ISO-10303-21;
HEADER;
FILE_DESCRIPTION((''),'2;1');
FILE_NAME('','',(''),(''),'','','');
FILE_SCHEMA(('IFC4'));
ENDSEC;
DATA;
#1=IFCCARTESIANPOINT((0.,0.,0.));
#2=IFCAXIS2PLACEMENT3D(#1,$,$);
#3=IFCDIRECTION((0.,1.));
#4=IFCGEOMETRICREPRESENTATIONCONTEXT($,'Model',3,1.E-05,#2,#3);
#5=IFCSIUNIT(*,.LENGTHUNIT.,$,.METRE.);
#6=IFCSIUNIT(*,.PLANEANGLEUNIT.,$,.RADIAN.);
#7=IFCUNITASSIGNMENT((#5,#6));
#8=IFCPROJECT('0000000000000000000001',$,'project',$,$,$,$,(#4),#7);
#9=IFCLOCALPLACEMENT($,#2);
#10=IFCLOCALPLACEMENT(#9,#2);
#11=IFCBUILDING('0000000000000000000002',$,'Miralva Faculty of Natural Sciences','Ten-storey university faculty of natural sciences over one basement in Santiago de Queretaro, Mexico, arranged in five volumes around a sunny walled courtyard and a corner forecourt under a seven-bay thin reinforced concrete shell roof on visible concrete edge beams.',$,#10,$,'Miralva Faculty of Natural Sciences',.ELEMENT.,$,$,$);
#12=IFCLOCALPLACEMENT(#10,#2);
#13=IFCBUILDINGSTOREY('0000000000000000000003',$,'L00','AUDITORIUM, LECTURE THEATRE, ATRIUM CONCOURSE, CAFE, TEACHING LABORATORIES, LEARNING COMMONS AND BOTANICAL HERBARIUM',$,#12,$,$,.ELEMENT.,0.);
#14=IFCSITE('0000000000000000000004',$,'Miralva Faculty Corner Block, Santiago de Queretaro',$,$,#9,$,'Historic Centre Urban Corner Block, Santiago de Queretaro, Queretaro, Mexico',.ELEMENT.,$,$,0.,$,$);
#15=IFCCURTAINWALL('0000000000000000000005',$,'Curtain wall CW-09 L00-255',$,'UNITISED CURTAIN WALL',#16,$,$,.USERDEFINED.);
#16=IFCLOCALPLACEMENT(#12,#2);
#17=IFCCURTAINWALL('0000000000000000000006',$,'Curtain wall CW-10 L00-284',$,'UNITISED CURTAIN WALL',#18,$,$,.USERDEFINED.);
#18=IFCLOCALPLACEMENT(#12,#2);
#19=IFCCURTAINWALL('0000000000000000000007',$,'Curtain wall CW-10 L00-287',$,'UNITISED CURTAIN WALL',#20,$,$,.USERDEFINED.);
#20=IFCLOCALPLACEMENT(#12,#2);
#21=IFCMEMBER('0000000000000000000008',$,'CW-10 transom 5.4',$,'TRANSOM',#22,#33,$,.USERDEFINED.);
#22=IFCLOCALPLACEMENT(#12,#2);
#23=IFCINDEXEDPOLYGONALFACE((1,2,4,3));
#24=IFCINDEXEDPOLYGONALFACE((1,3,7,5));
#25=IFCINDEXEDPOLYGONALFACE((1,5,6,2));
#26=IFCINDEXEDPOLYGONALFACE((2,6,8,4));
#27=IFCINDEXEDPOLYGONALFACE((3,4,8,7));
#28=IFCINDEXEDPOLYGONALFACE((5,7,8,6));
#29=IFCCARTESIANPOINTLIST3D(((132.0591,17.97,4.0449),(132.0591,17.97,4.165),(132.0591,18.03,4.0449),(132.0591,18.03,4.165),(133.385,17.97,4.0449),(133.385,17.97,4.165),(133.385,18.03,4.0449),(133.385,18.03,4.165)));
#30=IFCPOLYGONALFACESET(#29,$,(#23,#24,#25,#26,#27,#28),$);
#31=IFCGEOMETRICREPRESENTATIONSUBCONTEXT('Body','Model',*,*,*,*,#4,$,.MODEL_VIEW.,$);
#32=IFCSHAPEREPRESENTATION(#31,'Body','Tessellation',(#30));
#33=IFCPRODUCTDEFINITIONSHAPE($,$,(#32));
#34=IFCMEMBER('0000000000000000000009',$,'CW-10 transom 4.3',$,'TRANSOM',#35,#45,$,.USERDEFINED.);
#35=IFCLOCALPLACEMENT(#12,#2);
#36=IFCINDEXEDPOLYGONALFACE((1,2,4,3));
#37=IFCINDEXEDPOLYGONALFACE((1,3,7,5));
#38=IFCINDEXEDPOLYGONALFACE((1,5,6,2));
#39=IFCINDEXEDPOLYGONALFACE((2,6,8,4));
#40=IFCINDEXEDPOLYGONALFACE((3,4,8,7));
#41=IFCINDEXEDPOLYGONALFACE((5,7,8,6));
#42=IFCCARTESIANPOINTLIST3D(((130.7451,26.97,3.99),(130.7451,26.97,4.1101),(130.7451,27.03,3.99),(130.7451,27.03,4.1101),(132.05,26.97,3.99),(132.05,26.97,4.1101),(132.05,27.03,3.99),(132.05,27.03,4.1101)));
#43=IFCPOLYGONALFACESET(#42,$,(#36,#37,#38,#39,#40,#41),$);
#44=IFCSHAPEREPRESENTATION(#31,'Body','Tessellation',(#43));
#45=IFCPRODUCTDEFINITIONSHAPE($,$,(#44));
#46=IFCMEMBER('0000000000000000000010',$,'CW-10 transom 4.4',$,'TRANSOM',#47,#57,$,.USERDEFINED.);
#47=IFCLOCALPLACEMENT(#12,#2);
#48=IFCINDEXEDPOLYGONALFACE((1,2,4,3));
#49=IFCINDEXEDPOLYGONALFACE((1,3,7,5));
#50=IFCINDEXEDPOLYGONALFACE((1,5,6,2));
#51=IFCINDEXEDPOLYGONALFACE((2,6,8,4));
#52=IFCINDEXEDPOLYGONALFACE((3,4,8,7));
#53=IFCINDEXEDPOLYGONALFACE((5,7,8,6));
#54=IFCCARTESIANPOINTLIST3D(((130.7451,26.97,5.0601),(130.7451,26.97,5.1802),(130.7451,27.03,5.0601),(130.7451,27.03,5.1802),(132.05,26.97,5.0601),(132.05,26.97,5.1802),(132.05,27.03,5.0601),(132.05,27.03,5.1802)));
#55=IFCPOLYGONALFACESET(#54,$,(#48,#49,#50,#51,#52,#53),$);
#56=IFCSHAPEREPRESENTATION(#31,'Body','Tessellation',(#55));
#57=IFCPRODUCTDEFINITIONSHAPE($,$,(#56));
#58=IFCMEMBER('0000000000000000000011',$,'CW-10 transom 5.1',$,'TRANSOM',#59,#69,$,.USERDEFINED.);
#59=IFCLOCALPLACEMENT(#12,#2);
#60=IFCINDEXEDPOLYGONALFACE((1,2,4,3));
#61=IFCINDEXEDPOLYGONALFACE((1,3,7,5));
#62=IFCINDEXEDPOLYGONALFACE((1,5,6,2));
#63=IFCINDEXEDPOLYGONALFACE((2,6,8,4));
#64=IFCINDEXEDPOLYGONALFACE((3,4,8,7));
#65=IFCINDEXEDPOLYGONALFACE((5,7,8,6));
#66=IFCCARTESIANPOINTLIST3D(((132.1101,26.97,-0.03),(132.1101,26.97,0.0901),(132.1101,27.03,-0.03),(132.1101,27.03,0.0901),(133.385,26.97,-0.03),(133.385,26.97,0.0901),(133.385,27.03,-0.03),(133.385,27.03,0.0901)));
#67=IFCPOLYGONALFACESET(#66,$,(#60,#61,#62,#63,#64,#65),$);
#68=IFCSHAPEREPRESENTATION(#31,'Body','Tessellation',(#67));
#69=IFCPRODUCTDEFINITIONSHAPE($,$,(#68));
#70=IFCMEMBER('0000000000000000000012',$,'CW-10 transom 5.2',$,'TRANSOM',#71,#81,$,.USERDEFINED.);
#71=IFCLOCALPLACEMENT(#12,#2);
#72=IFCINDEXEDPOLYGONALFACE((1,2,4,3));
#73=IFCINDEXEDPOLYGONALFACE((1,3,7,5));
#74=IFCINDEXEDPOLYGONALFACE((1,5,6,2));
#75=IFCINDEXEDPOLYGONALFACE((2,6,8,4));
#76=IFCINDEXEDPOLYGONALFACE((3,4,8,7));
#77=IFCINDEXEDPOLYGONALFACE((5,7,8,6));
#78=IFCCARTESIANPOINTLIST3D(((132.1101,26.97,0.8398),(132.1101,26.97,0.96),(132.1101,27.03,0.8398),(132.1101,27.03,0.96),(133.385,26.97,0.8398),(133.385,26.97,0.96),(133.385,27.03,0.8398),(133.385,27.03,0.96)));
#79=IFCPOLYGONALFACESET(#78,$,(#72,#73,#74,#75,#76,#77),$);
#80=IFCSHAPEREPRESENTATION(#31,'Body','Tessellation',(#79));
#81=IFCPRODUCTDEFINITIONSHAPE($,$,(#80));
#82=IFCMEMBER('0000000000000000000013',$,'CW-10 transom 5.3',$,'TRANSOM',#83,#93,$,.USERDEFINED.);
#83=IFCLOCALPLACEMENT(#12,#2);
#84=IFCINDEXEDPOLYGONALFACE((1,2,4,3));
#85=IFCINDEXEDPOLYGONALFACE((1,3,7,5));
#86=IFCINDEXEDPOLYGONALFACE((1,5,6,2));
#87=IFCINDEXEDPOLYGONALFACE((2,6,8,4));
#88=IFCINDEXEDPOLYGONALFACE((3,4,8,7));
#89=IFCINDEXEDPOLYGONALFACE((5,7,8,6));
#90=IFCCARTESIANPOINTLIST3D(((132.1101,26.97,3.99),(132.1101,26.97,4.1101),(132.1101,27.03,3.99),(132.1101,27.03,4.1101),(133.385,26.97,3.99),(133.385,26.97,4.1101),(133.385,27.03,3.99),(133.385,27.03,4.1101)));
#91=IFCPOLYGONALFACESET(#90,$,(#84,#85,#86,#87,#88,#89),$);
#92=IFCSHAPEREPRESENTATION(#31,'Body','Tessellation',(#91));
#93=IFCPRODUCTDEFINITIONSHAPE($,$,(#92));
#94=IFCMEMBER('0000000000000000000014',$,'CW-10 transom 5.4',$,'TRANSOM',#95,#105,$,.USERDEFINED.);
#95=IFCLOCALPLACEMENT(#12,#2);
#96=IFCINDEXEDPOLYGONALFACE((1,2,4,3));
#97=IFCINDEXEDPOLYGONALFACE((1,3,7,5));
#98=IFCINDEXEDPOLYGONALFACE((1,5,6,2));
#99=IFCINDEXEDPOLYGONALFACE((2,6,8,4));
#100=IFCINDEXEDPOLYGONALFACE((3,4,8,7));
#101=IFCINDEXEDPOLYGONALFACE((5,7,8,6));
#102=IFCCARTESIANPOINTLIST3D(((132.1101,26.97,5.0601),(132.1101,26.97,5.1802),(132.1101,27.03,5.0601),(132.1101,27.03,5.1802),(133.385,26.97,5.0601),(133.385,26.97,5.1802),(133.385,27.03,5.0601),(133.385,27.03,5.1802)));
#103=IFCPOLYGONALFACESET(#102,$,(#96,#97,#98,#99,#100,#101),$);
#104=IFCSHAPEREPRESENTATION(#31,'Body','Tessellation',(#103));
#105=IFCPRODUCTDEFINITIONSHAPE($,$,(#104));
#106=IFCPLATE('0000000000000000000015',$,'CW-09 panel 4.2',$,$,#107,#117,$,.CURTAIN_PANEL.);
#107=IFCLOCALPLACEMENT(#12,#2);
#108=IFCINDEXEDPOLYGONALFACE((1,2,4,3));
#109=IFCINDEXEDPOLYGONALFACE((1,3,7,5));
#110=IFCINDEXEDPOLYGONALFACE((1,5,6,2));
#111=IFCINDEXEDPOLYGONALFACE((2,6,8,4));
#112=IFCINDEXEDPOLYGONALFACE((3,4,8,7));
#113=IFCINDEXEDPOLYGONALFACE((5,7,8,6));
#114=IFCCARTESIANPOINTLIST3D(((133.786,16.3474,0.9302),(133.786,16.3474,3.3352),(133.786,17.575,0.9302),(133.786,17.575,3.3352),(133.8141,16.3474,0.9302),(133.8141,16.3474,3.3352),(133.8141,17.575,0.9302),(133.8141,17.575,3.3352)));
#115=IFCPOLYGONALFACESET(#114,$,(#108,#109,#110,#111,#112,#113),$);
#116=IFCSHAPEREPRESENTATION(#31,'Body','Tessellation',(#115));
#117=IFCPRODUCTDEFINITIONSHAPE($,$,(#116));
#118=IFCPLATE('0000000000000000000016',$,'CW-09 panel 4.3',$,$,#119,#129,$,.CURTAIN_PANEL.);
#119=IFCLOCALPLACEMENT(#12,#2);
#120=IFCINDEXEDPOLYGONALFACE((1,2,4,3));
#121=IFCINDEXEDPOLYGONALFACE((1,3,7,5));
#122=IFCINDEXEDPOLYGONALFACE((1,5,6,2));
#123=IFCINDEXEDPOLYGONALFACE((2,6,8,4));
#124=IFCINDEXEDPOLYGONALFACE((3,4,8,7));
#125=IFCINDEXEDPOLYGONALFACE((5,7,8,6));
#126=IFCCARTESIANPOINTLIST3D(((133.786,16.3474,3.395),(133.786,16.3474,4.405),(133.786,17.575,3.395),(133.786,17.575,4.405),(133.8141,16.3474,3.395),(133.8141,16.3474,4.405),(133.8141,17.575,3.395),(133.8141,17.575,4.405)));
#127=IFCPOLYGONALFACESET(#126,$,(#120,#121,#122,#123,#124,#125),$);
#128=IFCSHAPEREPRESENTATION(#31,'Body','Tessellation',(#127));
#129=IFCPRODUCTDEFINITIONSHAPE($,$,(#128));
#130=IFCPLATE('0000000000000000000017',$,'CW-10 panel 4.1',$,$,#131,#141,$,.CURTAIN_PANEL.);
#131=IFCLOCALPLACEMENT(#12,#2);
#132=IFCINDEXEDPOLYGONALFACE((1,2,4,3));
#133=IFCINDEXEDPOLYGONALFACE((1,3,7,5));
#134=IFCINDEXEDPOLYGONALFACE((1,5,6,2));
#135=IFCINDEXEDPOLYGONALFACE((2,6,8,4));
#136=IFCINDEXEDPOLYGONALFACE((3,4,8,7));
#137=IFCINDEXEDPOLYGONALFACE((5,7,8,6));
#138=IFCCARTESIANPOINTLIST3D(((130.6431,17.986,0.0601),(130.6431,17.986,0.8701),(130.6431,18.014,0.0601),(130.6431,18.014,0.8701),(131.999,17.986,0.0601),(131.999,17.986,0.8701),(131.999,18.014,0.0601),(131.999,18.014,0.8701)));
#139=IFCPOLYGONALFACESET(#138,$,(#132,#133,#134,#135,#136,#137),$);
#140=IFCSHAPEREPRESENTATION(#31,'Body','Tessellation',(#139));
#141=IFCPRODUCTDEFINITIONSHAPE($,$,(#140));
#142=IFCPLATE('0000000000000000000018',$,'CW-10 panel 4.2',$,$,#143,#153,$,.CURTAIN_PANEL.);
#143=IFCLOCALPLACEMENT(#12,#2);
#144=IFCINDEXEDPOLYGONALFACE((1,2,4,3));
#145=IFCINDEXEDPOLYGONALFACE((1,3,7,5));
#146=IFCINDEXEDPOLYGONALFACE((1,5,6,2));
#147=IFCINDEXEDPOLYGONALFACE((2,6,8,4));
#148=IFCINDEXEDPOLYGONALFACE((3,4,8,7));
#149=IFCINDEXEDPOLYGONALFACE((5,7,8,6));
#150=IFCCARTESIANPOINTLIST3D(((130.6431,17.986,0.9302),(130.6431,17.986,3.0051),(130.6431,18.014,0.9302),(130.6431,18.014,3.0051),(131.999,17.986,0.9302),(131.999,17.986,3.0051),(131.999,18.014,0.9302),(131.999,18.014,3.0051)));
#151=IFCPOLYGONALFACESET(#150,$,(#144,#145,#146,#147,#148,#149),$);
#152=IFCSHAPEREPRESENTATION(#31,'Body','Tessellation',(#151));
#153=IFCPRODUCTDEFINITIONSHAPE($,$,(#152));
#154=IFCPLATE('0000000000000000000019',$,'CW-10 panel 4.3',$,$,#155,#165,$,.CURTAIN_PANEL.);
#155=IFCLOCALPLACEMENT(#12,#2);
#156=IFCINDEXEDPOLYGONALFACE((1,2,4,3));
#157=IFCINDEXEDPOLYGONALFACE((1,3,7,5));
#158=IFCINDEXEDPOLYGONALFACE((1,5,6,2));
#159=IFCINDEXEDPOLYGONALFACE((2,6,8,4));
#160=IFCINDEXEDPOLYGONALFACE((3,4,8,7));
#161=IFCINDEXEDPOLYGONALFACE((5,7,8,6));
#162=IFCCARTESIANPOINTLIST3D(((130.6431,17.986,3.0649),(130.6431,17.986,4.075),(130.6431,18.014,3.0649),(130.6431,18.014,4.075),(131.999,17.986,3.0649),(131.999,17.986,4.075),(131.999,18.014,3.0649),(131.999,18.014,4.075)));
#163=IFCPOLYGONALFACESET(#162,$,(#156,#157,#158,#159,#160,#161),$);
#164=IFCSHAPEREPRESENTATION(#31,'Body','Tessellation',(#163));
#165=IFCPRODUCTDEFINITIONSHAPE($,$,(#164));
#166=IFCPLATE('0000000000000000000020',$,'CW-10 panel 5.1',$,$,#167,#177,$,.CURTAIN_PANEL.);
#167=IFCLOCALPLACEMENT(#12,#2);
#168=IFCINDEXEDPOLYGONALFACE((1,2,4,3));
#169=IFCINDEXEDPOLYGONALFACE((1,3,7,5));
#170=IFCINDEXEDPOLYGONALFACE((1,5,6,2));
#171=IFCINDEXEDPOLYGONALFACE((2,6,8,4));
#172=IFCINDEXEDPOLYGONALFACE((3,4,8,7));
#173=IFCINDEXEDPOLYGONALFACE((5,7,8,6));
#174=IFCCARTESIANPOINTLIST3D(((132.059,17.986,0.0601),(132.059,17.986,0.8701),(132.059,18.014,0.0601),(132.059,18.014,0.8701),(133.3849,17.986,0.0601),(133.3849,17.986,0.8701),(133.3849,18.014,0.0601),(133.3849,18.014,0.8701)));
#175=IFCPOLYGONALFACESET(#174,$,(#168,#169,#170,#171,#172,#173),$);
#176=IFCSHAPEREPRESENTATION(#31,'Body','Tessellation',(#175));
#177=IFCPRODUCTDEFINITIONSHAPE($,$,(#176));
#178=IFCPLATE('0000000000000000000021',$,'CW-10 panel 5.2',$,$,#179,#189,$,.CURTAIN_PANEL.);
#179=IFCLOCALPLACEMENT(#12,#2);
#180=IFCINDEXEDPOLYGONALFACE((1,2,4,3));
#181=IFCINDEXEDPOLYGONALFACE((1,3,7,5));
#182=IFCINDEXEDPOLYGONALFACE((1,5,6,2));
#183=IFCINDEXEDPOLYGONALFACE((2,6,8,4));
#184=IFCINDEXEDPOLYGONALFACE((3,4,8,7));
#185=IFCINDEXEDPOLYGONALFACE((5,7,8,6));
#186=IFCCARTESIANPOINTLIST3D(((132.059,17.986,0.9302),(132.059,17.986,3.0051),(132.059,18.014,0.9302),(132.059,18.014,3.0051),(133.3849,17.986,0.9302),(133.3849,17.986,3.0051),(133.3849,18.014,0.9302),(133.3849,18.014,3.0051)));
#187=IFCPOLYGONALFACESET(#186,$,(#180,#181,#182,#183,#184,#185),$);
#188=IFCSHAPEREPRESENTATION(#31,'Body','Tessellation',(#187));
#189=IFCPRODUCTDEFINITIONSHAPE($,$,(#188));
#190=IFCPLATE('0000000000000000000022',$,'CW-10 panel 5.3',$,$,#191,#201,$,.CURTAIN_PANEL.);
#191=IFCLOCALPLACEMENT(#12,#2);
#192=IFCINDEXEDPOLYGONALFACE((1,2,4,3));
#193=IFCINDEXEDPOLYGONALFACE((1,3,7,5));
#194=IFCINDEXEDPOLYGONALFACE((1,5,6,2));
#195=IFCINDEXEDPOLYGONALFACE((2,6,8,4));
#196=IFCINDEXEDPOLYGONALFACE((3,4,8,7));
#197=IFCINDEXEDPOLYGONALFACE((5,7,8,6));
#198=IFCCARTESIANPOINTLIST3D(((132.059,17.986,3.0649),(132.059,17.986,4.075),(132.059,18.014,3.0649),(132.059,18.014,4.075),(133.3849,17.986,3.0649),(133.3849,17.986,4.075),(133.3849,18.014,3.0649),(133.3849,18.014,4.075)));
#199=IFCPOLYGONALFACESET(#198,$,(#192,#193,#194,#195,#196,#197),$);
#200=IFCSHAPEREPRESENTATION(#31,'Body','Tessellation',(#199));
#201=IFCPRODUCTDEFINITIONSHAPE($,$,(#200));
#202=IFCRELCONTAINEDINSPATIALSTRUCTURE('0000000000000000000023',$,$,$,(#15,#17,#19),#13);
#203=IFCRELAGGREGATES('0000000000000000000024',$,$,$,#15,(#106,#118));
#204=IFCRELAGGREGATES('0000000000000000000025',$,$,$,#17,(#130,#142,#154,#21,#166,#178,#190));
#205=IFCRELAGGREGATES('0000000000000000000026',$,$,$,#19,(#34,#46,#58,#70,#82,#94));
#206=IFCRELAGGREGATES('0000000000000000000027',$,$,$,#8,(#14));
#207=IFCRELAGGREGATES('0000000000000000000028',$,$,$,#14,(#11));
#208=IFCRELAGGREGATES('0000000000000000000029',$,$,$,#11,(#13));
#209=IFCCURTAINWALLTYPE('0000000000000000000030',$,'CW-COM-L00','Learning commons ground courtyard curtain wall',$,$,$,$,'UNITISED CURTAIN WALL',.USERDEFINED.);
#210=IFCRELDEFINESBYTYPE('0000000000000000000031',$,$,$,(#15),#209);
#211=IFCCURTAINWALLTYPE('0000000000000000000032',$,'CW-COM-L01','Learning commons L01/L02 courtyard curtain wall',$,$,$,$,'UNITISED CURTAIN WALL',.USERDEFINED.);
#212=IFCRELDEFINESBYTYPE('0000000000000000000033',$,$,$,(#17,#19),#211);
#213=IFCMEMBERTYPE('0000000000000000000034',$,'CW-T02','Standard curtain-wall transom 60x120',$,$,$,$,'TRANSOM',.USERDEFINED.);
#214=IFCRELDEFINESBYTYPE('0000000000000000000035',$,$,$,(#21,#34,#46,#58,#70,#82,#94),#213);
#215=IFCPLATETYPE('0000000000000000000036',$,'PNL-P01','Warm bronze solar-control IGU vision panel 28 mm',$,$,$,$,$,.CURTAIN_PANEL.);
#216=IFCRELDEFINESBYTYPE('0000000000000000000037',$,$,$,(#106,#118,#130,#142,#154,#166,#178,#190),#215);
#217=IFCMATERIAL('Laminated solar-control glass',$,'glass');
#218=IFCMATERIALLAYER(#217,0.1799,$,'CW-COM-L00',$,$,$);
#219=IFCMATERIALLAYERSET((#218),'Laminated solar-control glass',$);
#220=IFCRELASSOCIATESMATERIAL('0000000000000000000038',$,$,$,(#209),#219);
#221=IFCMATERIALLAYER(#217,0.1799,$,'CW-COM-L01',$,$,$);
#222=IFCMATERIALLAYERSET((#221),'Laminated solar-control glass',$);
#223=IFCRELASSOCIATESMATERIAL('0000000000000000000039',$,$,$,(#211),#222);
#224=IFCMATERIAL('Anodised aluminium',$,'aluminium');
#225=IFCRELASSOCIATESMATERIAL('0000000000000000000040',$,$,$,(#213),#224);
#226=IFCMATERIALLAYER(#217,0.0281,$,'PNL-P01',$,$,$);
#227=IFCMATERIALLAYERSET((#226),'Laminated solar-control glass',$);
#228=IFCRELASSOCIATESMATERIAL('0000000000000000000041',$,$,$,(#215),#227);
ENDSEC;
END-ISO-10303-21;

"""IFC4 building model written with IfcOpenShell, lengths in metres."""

from ifc_helpers import new_model, si_unit, direction, frame, origin, origin_2d, place, context, subcontext, project, spatial, rectangle, extrude, material, layer, layer_set, material_profile, profile_set, type_object, element, aggregate, save


model = new_model("IFC4")

# Units and contexts
model_context = context("Model", 3, precision=1e-05, world=origin(), true_north=direction((0.0, 1.0)))
body_context = subcontext(model_context, "Body", "Model", "MODEL_VIEW")
ifc_project = project(units=[si_unit("LENGTHUNIT", "METRE"), si_unit("PLANEANGLEUNIT", "RADIAN")], contexts=[model_context])

# Site, building, storey
site_placement = place(None, origin())
site = spatial("IfcSite", under=ifc_project, at=site_placement, Name="Miralva Faculty Corner Block, Santiago de Queretaro", LongName="Historic Centre Urban Corner Block, Santiago de Queretaro, Queretaro, Mexico", CompositionType="ELEMENT", RefElevation=0.0)
building_placement = place(site_placement, origin())
building = spatial("IfcBuilding", under=site, at=building_placement, Name="Miralva Faculty of Natural Sciences", Description="Ten-storey university faculty of natural sciences over one basement in Santiago de Queretaro, Mexico, arranged in five volumes around a sunny walled courtyard and a corner forecourt under a seven-bay thin reinforced concrete shell roof on visible concrete edge beams.", LongName="Miralva Faculty of Natural Sciences", CompositionType="ELEMENT")
storey_placement = place(building_placement, origin())
storey = spatial("IfcBuildingStorey", under=building, at=storey_placement, Name="L00", Description="AUDITORIUM, LECTURE THEATRE, ATRIUM CONCOURSE, CAFE, TEACHING LABORATORIES, LEARNING COMMONS AND BOTANICAL HERBARIUM", CompositionType="ELEMENT", Elevation=0.0)

# Curtain wall
ifc_material_1 = material(Name="Laminated solar-control glass", Category="glass")
ifc_layer_1 = layer(ifc_material_1, 0.1799, Name="CW-COM-L00")
ifc_layer_set_1 = layer_set([ifc_layer_1], Name="Laminated solar-control glass")
curtain_wall_type_1 = type_object("IfcCurtainWallType", Name="CW-COM-L00", Description="Learning commons ground courtyard curtain wall", ElementType="UNITISED CURTAIN WALL", PredefinedType="USERDEFINED", material=ifc_layer_set_1)
curtain_wall_1_placement = place(storey_placement, origin())
curtain_wall_1 = element("IfcCurtainWall", 1, at=curtain_wall_1_placement, inside=storey, type_object=curtain_wall_type_1, Name="Curtain wall CW-09 L00-255", ObjectType="UNITISED CURTAIN WALL", PredefinedType="USERDEFINED")
ifc_material_2 = material(Name="Anodised aluminium", Category="aluminium")

# Curtain walls
ifc_layer_2 = layer(ifc_material_1, 0.1799, Name="CW-COM-L01")
ifc_layer_set_2 = layer_set([ifc_layer_2], Name="Laminated solar-control glass")
curtain_wall_type_2 = type_object("IfcCurtainWallType", Name="CW-COM-L01", Description="Learning commons L01/L02 courtyard curtain wall", ElementType="UNITISED CURTAIN WALL", PredefinedType="USERDEFINED", material=ifc_layer_set_2)
curtain_wall_2_placement = place(storey_placement, origin())
curtain_wall_2 = element("IfcCurtainWall", 2, at=curtain_wall_2_placement, inside=storey, type_object=curtain_wall_type_2, Name="Curtain wall CW-10 L00-284", ObjectType="UNITISED CURTAIN WALL", PredefinedType="USERDEFINED")
curtain_wall_3_placement = place(storey_placement, origin())
curtain_wall_3 = element("IfcCurtainWall", 3, at=curtain_wall_3_placement, inside=storey, type_object=curtain_wall_type_2, Name="Curtain wall CW-10 L00-287", ObjectType="UNITISED CURTAIN WALL", PredefinedType="USERDEFINED")

# Members
ifc_material_profile_1 = material_profile(ifc_material_2, rectangle(XDim=0.0601, YDim=0.1201, at=origin_2d()), Name="TRANSOM 60x120")
ifc_profile_set_1 = profile_set([ifc_material_profile_1], Name="Anodised aluminium")
member_type_1 = type_object("IfcMemberType", Name="CW-T02", Description="Standard curtain-wall transom 60x120", ElementType="TRANSOM", PredefinedType="USERDEFINED", material=ifc_profile_set_1)
member_1_placement = place(storey_placement, frame((132.0591, 18.0, 4.105), z_axis=(1.0, 0.0, 0.0), x_axis=(0.0, 1.0, 0.0)))
member_1 = element("IfcMember", 4, at=member_1_placement, type_object=member_type_1, Name="CW-10 transom 5.4", ObjectType="TRANSOM", PredefinedType="USERDEFINED", context=body_context, shape_type="SweptSolid", body=[
    extrude(rectangle(XDim=0.0601, YDim=0.1201, at=origin_2d()), origin(), (0.0, 0.0, 1.0), 1.3259),
])
member_2_placement = place(storey_placement, frame((130.7451, 27.0, 4.05), z_axis=(1.0, 0.0, 0.0), x_axis=(0.0, 1.0, 0.0)))
member_2 = element("IfcMember", 5, at=member_2_placement, type_object=member_type_1, Name="CW-10 transom 4.3", ObjectType="TRANSOM", PredefinedType="USERDEFINED", context=body_context, shape_type="SweptSolid", body=[
    extrude(rectangle(XDim=0.0601, YDim=0.1201, at=origin_2d()), origin(), (0.0, 0.0, 1.0), 1.3049),
])
member_3_placement = place(storey_placement, frame((130.7451, 27.0, 5.1201), z_axis=(1.0, 0.0, 0.0), x_axis=(0.0, 1.0, 0.0)))
member_3 = element("IfcMember", 6, at=member_3_placement, type_object=member_type_1, Name="CW-10 transom 4.4", ObjectType="TRANSOM", PredefinedType="USERDEFINED", context=body_context, shape_type="SweptSolid", body=[
    extrude(rectangle(XDim=0.0601, YDim=0.1201, at=origin_2d()), origin(), (0.0, 0.0, 1.0), 1.3049),
])
member_4_placement = place(storey_placement, frame((132.1101, 27.0, 0.03), z_axis=(1.0, 0.0, 0.0), x_axis=(0.0, 1.0, 0.0)))
member_4 = element("IfcMember", 7, at=member_4_placement, type_object=member_type_1, Name="CW-10 transom 5.1", ObjectType="TRANSOM", PredefinedType="USERDEFINED", context=body_context, shape_type="SweptSolid", body=[
    extrude(rectangle(XDim=0.0601, YDim=0.1201, at=origin_2d()), origin(), (0.0, 0.0, 1.0), 1.2749),
])
member_5_placement = place(storey_placement, frame((132.1101, 27.0, 0.8999), z_axis=(1.0, 0.0, 0.0), x_axis=(0.0, 1.0, 0.0)))
member_5 = element("IfcMember", 8, at=member_5_placement, type_object=member_type_1, Name="CW-10 transom 5.2", ObjectType="TRANSOM", PredefinedType="USERDEFINED", context=body_context, shape_type="SweptSolid", body=[
    extrude(rectangle(XDim=0.0601, YDim=0.1201, at=origin_2d()), origin(), (0.0, 0.0, 1.0), 1.2749),
])
member_6_placement = place(storey_placement, frame((132.1101, 27.0, 4.05), z_axis=(1.0, 0.0, 0.0), x_axis=(0.0, 1.0, 0.0)))
member_6 = element("IfcMember", 9, at=member_6_placement, type_object=member_type_1, Name="CW-10 transom 5.3", ObjectType="TRANSOM", PredefinedType="USERDEFINED", context=body_context, shape_type="SweptSolid", body=[
    extrude(rectangle(XDim=0.0601, YDim=0.1201, at=origin_2d()), origin(), (0.0, 0.0, 1.0), 1.2749),
])
member_7_placement = place(storey_placement, frame((132.1101, 27.0, 5.1201), z_axis=(1.0, 0.0, 0.0), x_axis=(0.0, 1.0, 0.0)))
member_7 = element("IfcMember", 10, at=member_7_placement, type_object=member_type_1, Name="CW-10 transom 5.4", ObjectType="TRANSOM", PredefinedType="USERDEFINED", context=body_context, shape_type="SweptSolid", body=[
    extrude(rectangle(XDim=0.0601, YDim=0.1201, at=origin_2d()), origin(), (0.0, 0.0, 1.0), 1.2749),
])

# Plates
ifc_layer_3 = layer(ifc_material_1, 0.0281, Name="PNL-P01")
ifc_layer_set_3 = layer_set([ifc_layer_3], Name="Laminated solar-control glass")
plate_type = type_object("IfcPlateType", Name="PNL-P01", Description="Warm bronze solar-control IGU vision panel 28 mm", PredefinedType="CURTAIN_PANEL", material=ifc_layer_set_3)
plate_1_placement = place(storey_placement, frame((133.8, 16.9612, 0.9302), z_axis=(0.0, 0.0, 1.0), x_axis=(0.0, 1.0, 0.0)))
plate_1 = element("IfcPlate", 11, at=plate_1_placement, type_object=plate_type, Name="CW-09 panel 4.2", PredefinedType="CURTAIN_PANEL", context=body_context, shape_type="SweptSolid", body=[
    extrude(rectangle(XDim=1.2275, YDim=0.0281, at=origin_2d()), origin(), (0.0, 0.0, 1.0), 2.405),
])
plate_2_placement = place(storey_placement, frame((133.8, 16.9612, 3.395), z_axis=(0.0, 0.0, 1.0), x_axis=(0.0, 1.0, 0.0)))
plate_2 = element("IfcPlate", 12, at=plate_2_placement, type_object=plate_type, Name="CW-09 panel 4.3", PredefinedType="CURTAIN_PANEL", context=body_context, shape_type="SweptSolid", body=[
    extrude(rectangle(XDim=1.2275, YDim=0.0281, at=origin_2d()), origin(), (0.0, 0.0, 1.0), 1.01),
])
aggregate(curtain_wall_1, [plate_1, plate_2])
plate_3_placement = place(storey_placement, frame((131.321, 18.0, 0.0601), z_axis=(0.0, 0.0, 1.0), x_axis=(1.0, 0.0, 0.0)))
plate_3 = element("IfcPlate", 13, at=plate_3_placement, type_object=plate_type, Name="CW-10 panel 4.1", PredefinedType="CURTAIN_PANEL", context=body_context, shape_type="SweptSolid", body=[
    extrude(rectangle(XDim=1.356, YDim=0.0281, at=origin_2d()), origin(), (0.0, 0.0, 1.0), 0.8101),
])
plate_4_placement = place(storey_placement, frame((131.321, 18.0, 0.9302), z_axis=(0.0, 0.0, 1.0), x_axis=(1.0, 0.0, 0.0)))
plate_4 = element("IfcPlate", 14, at=plate_4_placement, type_object=plate_type, Name="CW-10 panel 4.2", PredefinedType="CURTAIN_PANEL", context=body_context, shape_type="SweptSolid", body=[
    extrude(rectangle(XDim=1.356, YDim=0.0281, at=origin_2d()), origin(), (0.0, 0.0, 1.0), 2.075),
])
plate_5_placement = place(storey_placement, frame((131.321, 18.0, 3.0649), z_axis=(0.0, 0.0, 1.0), x_axis=(1.0, 0.0, 0.0)))
plate_5 = element("IfcPlate", 15, at=plate_5_placement, type_object=plate_type, Name="CW-10 panel 4.3", PredefinedType="CURTAIN_PANEL", context=body_context, shape_type="SweptSolid", body=[
    extrude(rectangle(XDim=1.356, YDim=0.0281, at=origin_2d()), origin(), (0.0, 0.0, 1.0), 1.01),
])
plate_6_placement = place(storey_placement, frame((132.7219, 18.0, 0.0601), z_axis=(0.0, 0.0, 1.0), x_axis=(1.0, 0.0, 0.0)))
plate_6 = element("IfcPlate", 16, at=plate_6_placement, type_object=plate_type, Name="CW-10 panel 5.1", PredefinedType="CURTAIN_PANEL", context=body_context, shape_type="SweptSolid", body=[
    extrude(rectangle(XDim=1.3259, YDim=0.0281, at=origin_2d()), origin(), (0.0, 0.0, 1.0), 0.8101),
])
plate_7_placement = place(storey_placement, frame((132.7219, 18.0, 0.9302), z_axis=(0.0, 0.0, 1.0), x_axis=(1.0, 0.0, 0.0)))
plate_7 = element("IfcPlate", 17, at=plate_7_placement, type_object=plate_type, Name="CW-10 panel 5.2", PredefinedType="CURTAIN_PANEL", context=body_context, shape_type="SweptSolid", body=[
    extrude(rectangle(XDim=1.3259, YDim=0.0281, at=origin_2d()), origin(), (0.0, 0.0, 1.0), 2.075),
])
plate_8_placement = place(storey_placement, frame((132.7219, 18.0, 3.0649), z_axis=(0.0, 0.0, 1.0), x_axis=(1.0, 0.0, 0.0)))
plate_8 = element("IfcPlate", 18, at=plate_8_placement, type_object=plate_type, Name="CW-10 panel 5.3", PredefinedType="CURTAIN_PANEL", context=body_context, shape_type="SweptSolid", body=[
    extrude(rectangle(XDim=1.3259, YDim=0.0281, at=origin_2d()), origin(), (0.0, 0.0, 1.0), 1.01),
])
aggregate(curtain_wall_2, [plate_3, plate_4, plate_5, member_1, plate_6, plate_7, plate_8])
aggregate(curtain_wall_3, [member_2, member_3, member_4, member_5, member_6, member_7])

save(model, "model.ifc")
